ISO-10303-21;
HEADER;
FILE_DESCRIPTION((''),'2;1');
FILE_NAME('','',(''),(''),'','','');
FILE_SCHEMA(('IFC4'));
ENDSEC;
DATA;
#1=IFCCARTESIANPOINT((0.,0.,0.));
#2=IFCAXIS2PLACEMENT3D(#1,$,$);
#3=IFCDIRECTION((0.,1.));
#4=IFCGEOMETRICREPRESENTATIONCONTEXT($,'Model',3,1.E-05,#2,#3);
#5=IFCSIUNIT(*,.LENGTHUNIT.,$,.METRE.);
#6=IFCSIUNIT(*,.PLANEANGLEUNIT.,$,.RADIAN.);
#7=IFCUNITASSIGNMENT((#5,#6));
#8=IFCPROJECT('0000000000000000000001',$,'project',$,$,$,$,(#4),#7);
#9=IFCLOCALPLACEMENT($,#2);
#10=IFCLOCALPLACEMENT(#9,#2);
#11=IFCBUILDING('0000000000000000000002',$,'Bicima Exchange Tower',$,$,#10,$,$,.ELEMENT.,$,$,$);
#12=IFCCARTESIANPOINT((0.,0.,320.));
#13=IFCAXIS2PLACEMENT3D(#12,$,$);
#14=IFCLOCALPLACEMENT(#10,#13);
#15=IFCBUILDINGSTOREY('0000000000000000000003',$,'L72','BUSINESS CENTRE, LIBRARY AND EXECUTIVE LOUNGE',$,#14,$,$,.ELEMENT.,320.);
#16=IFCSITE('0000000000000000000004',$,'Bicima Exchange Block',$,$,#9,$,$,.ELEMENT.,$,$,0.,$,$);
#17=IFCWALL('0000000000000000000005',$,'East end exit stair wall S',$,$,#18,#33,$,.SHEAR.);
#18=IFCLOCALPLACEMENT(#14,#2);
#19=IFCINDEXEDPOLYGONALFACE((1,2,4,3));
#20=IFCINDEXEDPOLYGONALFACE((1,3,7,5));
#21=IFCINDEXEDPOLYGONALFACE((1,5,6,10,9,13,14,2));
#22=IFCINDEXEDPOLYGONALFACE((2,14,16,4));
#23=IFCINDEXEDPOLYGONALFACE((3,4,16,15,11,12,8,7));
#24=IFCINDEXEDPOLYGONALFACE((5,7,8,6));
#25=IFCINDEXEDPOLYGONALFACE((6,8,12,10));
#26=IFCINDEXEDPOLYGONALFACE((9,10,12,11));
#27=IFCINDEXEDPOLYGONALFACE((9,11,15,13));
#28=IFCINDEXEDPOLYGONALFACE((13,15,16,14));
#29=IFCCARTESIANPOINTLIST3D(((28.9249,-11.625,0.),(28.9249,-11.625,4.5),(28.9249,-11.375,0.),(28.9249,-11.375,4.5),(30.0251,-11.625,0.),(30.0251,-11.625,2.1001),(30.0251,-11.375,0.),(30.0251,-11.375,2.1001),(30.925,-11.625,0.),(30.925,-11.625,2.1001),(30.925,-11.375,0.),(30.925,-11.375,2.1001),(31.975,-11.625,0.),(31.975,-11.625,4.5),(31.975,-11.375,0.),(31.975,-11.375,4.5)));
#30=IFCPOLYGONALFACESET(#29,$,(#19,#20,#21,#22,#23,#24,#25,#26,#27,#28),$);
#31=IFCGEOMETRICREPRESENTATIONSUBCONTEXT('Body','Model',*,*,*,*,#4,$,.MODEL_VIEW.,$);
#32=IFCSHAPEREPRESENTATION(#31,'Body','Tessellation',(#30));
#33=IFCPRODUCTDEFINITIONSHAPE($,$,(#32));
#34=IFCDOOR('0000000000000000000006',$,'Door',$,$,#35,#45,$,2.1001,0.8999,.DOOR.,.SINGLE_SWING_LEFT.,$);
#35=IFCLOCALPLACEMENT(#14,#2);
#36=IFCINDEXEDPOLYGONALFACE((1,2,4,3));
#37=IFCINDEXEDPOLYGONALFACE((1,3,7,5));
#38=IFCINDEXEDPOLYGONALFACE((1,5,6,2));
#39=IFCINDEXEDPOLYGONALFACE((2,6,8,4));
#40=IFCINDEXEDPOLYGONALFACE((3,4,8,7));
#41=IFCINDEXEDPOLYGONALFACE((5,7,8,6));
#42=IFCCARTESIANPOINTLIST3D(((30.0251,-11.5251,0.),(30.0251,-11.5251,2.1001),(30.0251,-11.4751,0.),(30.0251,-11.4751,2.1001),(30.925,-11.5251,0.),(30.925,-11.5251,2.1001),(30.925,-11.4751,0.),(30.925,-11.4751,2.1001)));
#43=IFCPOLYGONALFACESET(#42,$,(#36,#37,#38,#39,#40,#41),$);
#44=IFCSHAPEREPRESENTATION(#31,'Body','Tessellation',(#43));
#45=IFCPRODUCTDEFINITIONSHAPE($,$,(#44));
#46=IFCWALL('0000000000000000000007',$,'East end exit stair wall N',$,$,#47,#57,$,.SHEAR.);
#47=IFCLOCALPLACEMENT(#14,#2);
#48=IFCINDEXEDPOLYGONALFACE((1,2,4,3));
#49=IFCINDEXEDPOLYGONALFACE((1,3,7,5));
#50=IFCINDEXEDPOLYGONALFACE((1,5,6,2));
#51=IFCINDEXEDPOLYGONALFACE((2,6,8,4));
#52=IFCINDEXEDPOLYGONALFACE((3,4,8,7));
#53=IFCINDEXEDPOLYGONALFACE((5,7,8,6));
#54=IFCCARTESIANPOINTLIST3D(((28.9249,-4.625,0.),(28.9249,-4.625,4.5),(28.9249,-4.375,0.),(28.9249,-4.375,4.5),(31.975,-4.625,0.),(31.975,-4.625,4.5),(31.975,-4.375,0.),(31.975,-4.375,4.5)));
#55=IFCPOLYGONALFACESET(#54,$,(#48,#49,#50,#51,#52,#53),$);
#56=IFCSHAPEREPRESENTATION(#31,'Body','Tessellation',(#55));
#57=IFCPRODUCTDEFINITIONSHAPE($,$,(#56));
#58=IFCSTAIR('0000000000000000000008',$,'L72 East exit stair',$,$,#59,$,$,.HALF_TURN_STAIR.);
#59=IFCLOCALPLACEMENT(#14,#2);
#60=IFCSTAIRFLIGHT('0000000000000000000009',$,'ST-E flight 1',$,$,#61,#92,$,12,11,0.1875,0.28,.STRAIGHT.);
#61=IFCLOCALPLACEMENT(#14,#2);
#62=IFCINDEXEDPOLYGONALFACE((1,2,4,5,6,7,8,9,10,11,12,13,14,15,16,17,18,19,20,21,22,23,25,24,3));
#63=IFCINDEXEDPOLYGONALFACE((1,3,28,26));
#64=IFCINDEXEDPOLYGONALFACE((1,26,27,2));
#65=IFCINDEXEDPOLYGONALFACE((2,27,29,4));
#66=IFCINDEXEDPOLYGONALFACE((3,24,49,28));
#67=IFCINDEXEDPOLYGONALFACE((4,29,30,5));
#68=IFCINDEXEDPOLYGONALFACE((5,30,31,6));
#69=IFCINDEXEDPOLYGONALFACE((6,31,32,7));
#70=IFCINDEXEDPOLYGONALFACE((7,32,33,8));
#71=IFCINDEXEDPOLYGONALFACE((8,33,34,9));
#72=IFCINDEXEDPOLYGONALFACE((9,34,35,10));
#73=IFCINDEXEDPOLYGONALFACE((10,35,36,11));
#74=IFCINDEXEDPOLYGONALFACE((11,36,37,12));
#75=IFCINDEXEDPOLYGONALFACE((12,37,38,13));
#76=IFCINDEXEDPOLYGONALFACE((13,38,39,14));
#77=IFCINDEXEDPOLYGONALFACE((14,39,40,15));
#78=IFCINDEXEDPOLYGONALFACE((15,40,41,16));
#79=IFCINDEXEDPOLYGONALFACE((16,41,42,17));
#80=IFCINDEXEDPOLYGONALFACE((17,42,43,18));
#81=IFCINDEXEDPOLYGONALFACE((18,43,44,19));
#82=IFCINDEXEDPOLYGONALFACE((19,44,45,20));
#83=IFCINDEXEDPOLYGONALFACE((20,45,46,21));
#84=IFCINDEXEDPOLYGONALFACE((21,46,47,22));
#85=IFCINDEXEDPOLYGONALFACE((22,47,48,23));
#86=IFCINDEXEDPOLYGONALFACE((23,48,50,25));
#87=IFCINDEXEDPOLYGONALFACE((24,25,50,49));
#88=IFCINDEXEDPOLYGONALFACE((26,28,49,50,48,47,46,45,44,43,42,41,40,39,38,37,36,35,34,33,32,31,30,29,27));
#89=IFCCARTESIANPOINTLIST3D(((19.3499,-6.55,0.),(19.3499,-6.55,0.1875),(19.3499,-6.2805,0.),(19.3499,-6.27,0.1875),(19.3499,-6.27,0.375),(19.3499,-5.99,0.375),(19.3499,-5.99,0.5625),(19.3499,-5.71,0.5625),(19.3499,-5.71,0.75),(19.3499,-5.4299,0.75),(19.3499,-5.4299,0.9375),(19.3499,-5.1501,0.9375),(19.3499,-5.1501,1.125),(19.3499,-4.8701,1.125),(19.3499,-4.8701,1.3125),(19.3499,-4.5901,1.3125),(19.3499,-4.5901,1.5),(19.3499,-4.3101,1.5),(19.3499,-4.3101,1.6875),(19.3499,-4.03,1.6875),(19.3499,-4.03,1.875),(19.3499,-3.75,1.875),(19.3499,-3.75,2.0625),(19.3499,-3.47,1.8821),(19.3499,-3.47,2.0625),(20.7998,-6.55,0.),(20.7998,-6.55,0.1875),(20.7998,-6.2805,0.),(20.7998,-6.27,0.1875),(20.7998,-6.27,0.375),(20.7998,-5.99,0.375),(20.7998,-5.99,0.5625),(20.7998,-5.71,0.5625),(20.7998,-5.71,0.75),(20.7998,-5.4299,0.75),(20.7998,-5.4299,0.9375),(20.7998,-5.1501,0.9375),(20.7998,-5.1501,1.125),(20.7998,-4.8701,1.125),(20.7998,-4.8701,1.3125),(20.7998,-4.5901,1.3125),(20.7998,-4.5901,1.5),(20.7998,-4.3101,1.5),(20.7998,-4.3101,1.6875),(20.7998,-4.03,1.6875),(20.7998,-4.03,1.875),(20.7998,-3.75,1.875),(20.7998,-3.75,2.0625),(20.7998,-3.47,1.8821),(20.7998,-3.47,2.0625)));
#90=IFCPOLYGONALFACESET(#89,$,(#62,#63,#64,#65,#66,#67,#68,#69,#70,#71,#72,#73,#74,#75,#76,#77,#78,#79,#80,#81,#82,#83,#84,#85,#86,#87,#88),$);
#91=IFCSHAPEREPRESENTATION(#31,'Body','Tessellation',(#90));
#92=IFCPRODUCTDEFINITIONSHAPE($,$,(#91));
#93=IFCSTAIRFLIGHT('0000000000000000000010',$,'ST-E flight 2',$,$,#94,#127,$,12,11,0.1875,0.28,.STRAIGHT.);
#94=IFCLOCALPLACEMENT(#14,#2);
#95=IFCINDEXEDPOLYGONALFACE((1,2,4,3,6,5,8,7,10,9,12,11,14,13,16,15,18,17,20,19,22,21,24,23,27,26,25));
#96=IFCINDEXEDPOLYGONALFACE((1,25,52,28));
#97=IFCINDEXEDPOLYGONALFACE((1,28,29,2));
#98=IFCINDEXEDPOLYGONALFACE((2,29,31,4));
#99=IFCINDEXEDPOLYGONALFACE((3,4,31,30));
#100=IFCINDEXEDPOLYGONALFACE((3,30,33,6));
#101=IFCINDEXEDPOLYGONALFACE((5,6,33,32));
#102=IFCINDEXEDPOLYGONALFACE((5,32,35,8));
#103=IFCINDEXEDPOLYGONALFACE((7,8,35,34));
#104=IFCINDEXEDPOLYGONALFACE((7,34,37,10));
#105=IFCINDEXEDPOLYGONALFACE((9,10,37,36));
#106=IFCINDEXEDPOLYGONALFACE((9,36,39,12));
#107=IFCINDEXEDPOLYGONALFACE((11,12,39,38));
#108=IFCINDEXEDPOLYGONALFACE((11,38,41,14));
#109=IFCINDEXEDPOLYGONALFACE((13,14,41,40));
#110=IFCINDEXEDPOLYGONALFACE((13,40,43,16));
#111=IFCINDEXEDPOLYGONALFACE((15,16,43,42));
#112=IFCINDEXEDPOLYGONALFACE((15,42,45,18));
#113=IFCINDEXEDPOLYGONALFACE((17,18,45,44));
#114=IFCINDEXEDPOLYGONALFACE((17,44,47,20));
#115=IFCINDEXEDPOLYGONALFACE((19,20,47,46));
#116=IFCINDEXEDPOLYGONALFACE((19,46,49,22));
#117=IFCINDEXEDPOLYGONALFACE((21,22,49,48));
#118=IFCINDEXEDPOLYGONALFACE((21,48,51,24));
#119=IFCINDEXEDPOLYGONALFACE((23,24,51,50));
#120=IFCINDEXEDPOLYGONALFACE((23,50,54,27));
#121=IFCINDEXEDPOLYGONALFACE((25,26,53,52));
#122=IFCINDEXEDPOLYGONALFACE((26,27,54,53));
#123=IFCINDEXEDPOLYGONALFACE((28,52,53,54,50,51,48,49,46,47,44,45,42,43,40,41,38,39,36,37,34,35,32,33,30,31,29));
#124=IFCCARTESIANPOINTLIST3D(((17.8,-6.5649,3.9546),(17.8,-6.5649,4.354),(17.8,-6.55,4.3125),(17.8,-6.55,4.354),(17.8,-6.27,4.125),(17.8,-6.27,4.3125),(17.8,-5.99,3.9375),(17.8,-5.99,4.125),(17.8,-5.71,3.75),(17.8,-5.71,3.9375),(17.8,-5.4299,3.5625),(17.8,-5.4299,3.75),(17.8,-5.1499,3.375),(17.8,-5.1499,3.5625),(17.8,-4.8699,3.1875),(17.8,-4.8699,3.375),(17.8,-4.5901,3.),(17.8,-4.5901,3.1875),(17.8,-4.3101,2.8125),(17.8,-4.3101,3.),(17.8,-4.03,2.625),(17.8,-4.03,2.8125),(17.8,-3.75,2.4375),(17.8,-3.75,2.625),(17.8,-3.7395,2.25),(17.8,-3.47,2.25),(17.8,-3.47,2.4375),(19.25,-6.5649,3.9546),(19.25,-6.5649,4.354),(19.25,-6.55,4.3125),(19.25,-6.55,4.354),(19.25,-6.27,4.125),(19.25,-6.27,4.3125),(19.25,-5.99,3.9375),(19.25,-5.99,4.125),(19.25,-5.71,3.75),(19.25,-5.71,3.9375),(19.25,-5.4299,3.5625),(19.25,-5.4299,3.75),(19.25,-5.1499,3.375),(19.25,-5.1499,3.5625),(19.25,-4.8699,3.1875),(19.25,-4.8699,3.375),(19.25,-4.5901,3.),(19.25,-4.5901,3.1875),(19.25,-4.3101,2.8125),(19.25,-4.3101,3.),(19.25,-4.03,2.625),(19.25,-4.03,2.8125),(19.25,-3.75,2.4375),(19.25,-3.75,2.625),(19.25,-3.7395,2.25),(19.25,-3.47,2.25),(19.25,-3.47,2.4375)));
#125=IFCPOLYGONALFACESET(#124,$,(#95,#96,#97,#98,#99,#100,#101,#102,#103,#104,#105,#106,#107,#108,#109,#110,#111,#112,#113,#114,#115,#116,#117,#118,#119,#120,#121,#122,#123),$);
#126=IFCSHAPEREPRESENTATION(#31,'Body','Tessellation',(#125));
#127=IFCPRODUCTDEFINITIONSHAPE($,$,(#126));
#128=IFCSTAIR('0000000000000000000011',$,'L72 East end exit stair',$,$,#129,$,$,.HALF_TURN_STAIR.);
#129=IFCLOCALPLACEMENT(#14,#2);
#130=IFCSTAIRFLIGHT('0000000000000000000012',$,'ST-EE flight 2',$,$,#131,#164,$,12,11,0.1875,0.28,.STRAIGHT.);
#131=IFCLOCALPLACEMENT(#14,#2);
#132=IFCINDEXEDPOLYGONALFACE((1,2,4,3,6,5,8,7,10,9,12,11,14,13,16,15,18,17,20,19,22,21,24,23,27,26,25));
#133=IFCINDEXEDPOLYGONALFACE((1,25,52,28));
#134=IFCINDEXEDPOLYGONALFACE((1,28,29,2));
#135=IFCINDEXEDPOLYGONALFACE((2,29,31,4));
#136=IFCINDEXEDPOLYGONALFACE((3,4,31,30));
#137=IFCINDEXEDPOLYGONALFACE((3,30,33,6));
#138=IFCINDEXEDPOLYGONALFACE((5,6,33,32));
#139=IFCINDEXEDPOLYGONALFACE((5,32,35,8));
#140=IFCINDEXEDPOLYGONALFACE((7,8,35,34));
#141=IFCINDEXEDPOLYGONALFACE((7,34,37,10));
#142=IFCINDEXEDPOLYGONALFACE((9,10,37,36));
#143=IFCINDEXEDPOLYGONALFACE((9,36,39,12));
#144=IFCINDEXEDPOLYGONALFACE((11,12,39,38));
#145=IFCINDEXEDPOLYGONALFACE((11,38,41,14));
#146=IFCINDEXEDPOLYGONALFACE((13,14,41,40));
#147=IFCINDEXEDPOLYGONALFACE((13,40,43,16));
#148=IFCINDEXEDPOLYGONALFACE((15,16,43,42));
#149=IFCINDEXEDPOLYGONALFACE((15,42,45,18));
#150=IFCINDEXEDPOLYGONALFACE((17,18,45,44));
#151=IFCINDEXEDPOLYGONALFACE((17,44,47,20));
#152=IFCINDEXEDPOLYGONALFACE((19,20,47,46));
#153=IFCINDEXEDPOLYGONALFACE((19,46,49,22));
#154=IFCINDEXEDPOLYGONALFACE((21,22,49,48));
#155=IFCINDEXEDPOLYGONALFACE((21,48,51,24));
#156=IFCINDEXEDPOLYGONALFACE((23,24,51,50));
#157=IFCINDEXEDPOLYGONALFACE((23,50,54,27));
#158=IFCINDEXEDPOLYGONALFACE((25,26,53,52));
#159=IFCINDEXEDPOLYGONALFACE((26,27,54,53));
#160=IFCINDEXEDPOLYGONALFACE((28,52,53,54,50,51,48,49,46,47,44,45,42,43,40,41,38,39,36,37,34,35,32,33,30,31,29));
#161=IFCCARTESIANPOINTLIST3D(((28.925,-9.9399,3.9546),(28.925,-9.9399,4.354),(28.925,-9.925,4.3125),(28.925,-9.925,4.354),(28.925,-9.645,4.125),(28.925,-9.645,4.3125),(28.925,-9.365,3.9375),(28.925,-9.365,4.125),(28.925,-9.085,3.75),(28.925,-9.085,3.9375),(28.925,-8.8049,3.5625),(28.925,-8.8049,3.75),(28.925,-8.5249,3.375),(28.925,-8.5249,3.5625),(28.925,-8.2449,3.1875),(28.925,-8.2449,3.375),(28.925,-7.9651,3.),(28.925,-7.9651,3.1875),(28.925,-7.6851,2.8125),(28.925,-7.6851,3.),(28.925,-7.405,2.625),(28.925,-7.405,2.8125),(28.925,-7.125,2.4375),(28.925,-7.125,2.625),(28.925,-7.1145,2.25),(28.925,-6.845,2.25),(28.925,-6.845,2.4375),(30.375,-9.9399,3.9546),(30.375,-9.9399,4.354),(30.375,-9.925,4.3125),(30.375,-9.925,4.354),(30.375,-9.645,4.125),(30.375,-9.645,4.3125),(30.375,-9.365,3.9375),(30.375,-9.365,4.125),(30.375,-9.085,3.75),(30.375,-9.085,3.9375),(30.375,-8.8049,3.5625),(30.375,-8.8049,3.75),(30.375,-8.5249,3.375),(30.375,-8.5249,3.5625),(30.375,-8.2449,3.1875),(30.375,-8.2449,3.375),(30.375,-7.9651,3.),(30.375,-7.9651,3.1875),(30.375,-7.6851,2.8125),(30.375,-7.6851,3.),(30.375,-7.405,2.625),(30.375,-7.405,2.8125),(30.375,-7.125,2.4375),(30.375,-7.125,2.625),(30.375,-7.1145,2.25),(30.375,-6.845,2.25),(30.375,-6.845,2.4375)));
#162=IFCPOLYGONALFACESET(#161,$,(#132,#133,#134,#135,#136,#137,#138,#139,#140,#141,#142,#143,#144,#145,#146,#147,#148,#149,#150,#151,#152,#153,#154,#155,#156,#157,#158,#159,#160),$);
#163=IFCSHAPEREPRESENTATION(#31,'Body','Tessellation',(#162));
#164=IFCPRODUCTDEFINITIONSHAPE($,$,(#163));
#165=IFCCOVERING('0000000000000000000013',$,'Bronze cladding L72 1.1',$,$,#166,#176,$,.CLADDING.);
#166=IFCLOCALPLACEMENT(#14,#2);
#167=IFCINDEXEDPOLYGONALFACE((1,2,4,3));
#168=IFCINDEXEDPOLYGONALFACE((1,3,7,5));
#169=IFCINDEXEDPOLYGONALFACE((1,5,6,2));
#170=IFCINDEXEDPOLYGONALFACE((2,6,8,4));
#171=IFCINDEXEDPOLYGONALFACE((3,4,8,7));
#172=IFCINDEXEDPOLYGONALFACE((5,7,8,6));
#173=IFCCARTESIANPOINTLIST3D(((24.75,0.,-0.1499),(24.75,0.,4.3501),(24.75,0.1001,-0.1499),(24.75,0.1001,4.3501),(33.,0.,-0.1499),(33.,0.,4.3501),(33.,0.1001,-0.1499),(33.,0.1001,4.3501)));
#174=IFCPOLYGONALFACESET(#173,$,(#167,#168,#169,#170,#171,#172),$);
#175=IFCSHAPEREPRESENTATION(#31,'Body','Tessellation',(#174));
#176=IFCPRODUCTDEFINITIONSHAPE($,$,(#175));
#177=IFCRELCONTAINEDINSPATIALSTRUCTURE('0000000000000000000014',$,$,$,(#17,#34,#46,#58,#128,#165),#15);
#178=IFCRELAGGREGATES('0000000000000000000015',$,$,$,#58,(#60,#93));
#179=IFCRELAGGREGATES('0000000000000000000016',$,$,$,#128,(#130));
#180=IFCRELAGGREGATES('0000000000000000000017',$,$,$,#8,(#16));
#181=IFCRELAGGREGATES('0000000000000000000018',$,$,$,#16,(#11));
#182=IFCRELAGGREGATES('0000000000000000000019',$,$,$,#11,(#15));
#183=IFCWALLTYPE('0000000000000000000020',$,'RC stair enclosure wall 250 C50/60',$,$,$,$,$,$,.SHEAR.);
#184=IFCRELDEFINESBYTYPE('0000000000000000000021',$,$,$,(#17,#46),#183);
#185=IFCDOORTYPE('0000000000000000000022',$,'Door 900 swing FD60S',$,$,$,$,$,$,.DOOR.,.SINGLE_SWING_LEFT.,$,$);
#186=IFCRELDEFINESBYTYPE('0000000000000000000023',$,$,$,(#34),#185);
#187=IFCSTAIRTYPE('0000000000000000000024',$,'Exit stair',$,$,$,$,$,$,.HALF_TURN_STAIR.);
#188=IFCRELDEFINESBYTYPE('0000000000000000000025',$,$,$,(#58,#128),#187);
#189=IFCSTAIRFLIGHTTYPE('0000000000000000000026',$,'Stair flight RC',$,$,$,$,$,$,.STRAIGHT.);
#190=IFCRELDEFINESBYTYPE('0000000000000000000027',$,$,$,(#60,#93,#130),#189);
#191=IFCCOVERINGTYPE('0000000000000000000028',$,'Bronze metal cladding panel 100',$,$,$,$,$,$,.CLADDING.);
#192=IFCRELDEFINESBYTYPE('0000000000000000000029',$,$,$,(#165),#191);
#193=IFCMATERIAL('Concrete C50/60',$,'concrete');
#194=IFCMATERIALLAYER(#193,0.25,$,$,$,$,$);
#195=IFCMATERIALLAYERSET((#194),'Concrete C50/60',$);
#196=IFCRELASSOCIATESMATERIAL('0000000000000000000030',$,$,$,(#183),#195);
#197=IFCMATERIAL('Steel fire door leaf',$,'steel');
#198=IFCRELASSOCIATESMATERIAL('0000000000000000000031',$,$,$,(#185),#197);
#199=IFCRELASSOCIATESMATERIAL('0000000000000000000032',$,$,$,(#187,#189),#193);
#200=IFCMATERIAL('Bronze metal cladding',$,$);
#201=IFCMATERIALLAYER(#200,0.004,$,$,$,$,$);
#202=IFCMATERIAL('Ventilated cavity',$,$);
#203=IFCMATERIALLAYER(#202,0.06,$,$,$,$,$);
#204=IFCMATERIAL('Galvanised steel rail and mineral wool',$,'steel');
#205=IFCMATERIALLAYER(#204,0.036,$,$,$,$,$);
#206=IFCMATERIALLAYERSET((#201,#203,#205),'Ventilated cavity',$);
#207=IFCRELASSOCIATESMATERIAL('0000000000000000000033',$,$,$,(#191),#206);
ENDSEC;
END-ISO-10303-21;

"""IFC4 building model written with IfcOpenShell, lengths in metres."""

from ifc_helpers import new_model, si_unit, direction, frame, frame_2d, origin, origin_2d, place, context, subcontext, project, spatial, polyline, rectangle, outline, extrude, material, layer, layer_set, type_object, element, fill, aggregate, save


model = new_model("IFC4")

# Units and contexts
model_context = context("Model", 3, precision=1e-05, world=origin(), true_north=direction((0.0, 1.0)))
body_context = subcontext(model_context, "Body", "Model", "MODEL_VIEW")
ifc_project = project(units=[si_unit("LENGTHUNIT", "METRE"), si_unit("PLANEANGLEUNIT", "RADIAN")], contexts=[model_context])

# Site, building, storey
site_placement = place(None, origin())
site = spatial("IfcSite", under=ifc_project, at=site_placement, Name="Bicima Exchange Block", CompositionType="ELEMENT", RefElevation=0.0)
building_placement = place(site_placement, origin())
building = spatial("IfcBuilding", under=site, at=building_placement, Name="Bicima Exchange Tower", CompositionType="ELEMENT")
storey_placement = place(building_placement, frame((0.0, 0.0, 320.0)))
storey = spatial("IfcBuildingStorey", under=building, at=storey_placement, Name="L72", Description="BUSINESS CENTRE, LIBRARY AND EXECUTIVE LOUNGE", CompositionType="ELEMENT", Elevation=320.0)

# Shared definitions
ifc_material_1 = material(Name="Concrete C50/60", Category="concrete")
ifc_layer_1 = layer(ifc_material_1, 0.25)
ifc_layer_set_1 = layer_set([ifc_layer_1], Name="Concrete C50/60")
wall_type_1 = type_object("IfcWallType", Name="RC stair enclosure wall 250 C50/60", PredefinedType="SHEAR", material=ifc_layer_set_1)

# Wall, opening, door
wall_1_placement = place(storey_placement, frame((28.925, -11.5, 0.0), z_axis=(0.0, 0.0, 1.0), x_axis=(1.0, 0.0, 0.0)))
wall_1 = element("IfcWall", 1, at=wall_1_placement, inside=storey, type_object=wall_type_1, Name="East end exit stair wall S", PredefinedType="SHEAR", context=body_context, shape_type="SweptSolid", body=[
    extrude(rectangle(XDim=3.05, YDim=0.25, at=frame_2d((1.5249, 0.0))), origin(), (0.0, 0.0, 1.0), 4.5),
])
opening_placement = place(wall_1_placement, frame((1.1001, 0.0, 0.0)))
opening = element("IfcOpeningElement", 2, at=opening_placement, cuts=wall_1, PredefinedType="OPENING", context=body_context, shape_type="SweptSolid", body=[
    extrude(rectangle(XDim=0.8999, YDim=2.1001, at=frame_2d((0.45, 1.05))), frame((0.0, 0.137, 0.0), z_axis=(0.0, -1.0, 0.0), x_axis=(1.0, 0.0, 0.0)), (0.0, 0.0, 1.0), 0.2739),
])
ifc_material_2 = material(Name="Steel fire door leaf", Category="steel")
door_type = type_object("IfcDoorType", Name="Door 900 swing FD60S", OperationType="SINGLE_SWING_LEFT", PredefinedType="DOOR", material=ifc_material_2)
door_placement = place(opening_placement, origin())
door = element("IfcDoor", 3, at=door_placement, inside=storey, type_object=door_type, Name="Door", OperationType="SINGLE_SWING_LEFT", OverallHeight=2.1001, OverallWidth=0.8999, PredefinedType="DOOR", context=body_context, shape_type="SweptSolid", body=[
    extrude(rectangle(XDim=0.8999, YDim=2.1001, at=frame_2d((0.45, 1.05))), frame((0.0, 0.0249, 0.0), z_axis=(0.0, -1.0, 0.0), x_axis=(1.0, 0.0, 0.0)), (0.0, 0.0, 1.0), 0.05),
])
fill(opening, door)

# Wall
wall_2_placement = place(storey_placement, frame((28.925, -4.5, 0.0), z_axis=(0.0, 0.0, 1.0), x_axis=(1.0, 0.0, 0.0)))
element("IfcWall", 4, at=wall_2_placement, inside=storey, type_object=wall_type_1, Name="East end exit stair wall N", PredefinedType="SHEAR", context=body_context, shape_type="SweptSolid", body=[
    extrude(rectangle(XDim=3.05, YDim=0.25, at=frame_2d((1.5249, 0.0))), origin(), (0.0, 0.0, 1.0), 4.5),
])

# Stair, stair flights
stair_type = type_object("IfcStairType", Name="Exit stair", PredefinedType="HALF_TURN_STAIR", material=ifc_material_1)
stair_1_placement = place(storey_placement, origin())
stair_1 = element("IfcStair", 5, at=stair_1_placement, inside=storey, type_object=stair_type, Name="L72 East exit stair", PredefinedType="HALF_TURN_STAIR")
stair_flight_type = type_object("IfcStairFlightType", Name="Stair flight RC", PredefinedType="STRAIGHT", material=ifc_material_1)
stair_flight_1_placement = place(storey_placement, frame((20.075, -6.55, 0.0), z_axis=(0.0, 0.0, 1.0), x_axis=(0.0, 1.0, 0.0)))
stair_flight_1 = element("IfcStairFlight", 6, at=stair_flight_1_placement, type_object=stair_flight_type, Name="ST-E flight 1", NumberOfRisers=12, NumberOfTreads=11, PredefinedType="STRAIGHT", RiserHeight=0.1875, TreadLength=0.28, context=body_context, shape_type="SweptSolid", body=[
    extrude(outline(polyline([(0.0, 0.0), (0.0, 0.1875), (0.28, 0.1875), (0.28, 0.375), (0.5601, 0.375), (0.5601, 0.5625), (0.8401, 0.5625), (0.8401, 0.75), (1.1201, 0.75), (1.1201, 0.9375), (1.3999, 0.9375), (1.3999, 1.125), (1.6799, 1.125), (1.6799, 1.3125), (1.96, 1.3125), (1.96, 1.5), (2.24, 1.5), (2.24, 1.6875), (2.52, 1.6875), (2.52, 1.875), (2.8, 1.875), (2.8, 2.0625), (3.0801, 2.0625), (3.0801, 2.25), (3.0801, 1.8821), (0.2695, 0.0), (0.0, 0.0)])), frame((0.0, 0.7251, 0.0), z_axis=(0.0, -1.0, 0.0), x_axis=(1.0, 0.0, 0.0)), (0.0, 0.0, 1.0), 1.45),
])
stair_flight_2_placement = place(storey_placement, frame((18.5249, -3.47, 2.25), z_axis=(0.0, 0.0, 1.0), x_axis=(0.0, -1.0, 0.0)))
stair_flight_2 = element("IfcStairFlight", 7, at=stair_flight_2_placement, type_object=stair_flight_type, Name="ST-E flight 2", NumberOfRisers=12, NumberOfTreads=11, PredefinedType="STRAIGHT", RiserHeight=0.1875, TreadLength=0.28, context=body_context, shape_type="SweptSolid", body=[
    extrude(outline(polyline([(0.0, 0.0), (0.0, 0.1875), (0.28, 0.1875), (0.28, 0.375), (0.5601, 0.375), (0.5601, 0.5625), (0.8401, 0.5625), (0.8401, 0.75), (1.1201, 0.75), (1.1201, 0.9375), (1.3999, 0.9375), (1.3999, 1.125), (1.6799, 1.125), (1.6799, 1.3125), (1.96, 1.3125), (1.96, 1.5), (2.24, 1.5), (2.24, 1.6875), (2.52, 1.6875), (2.52, 1.875), (2.8, 1.875), (2.8, 2.0625), (3.0801, 2.0625), (3.0801, 2.104), (3.095, 2.104), (3.095, 1.7046), (0.2695, 0.0), (0.0, 0.0)])), frame((0.0, 0.7251, 0.0), z_axis=(0.0, -1.0, 0.0), x_axis=(1.0, 0.0, 0.0)), (0.0, 0.0, 1.0), 1.45),
])
aggregate(stair_1, [stair_flight_1, stair_flight_2])

# Stair, stair flight
stair_2_placement = place(storey_placement, origin())
stair_2 = element("IfcStair", 8, at=stair_2_placement, inside=storey, type_object=stair_type, Name="L72 East end exit stair", PredefinedType="HALF_TURN_STAIR")
stair_flight_3_placement = place(storey_placement, frame((29.6499, -6.845, 2.25), z_axis=(0.0, 0.0, 1.0), x_axis=(0.0, -1.0, 0.0)))
stair_flight_3 = element("IfcStairFlight", 9, at=stair_flight_3_placement, type_object=stair_flight_type, Name="ST-EE flight 2", NumberOfRisers=12, NumberOfTreads=11, PredefinedType="STRAIGHT", RiserHeight=0.1875, TreadLength=0.28, context=body_context, shape_type="SweptSolid", body=[
    extrude(outline(polyline([(0.0, 0.0), (0.0, 0.1875), (0.28, 0.1875), (0.28, 0.375), (0.5601, 0.375), (0.5601, 0.5625), (0.8401, 0.5625), (0.8401, 0.75), (1.1201, 0.75), (1.1201, 0.9375), (1.3999, 0.9375), (1.3999, 1.125), (1.6799, 1.125), (1.6799, 1.3125), (1.96, 1.3125), (1.96, 1.5), (2.24, 1.5), (2.24, 1.6875), (2.52, 1.6875), (2.52, 1.875), (2.8, 1.875), (2.8, 2.0625), (3.0801, 2.0625), (3.0801, 2.104), (3.095, 2.104), (3.095, 1.7046), (0.2695, 0.0), (0.0, 0.0)])), frame((0.0, 0.7251, 0.0), z_axis=(0.0, -1.0, 0.0), x_axis=(1.0, 0.0, 0.0)), (0.0, 0.0, 1.0), 1.45),
])
aggregate(stair_2, [stair_flight_3])

# Covering
ifc_material_3 = material(Name="Bronze metal cladding")
ifc_layer_2 = layer(ifc_material_3, 0.004)
ifc_material_4 = material(Name="Ventilated cavity")
ifc_layer_3 = layer(ifc_material_4, 0.06)
ifc_material_5 = material(Name="Galvanised steel rail and mineral wool", Category="steel")
ifc_layer_4 = layer(ifc_material_5, 0.036)
ifc_layer_set_2 = layer_set([ifc_layer_2, ifc_layer_3, ifc_layer_4], Name="Ventilated cavity")
covering_type = type_object("IfcCoveringType", Name="Bronze metal cladding panel 100", PredefinedType="CLADDING", material=ifc_layer_set_2)
for number, where, z_axis, x_axis, name in (
    (10, (28.875, 0.05, -0.1499), (0.0, 0.0, 1.0), (-1.0, 0.0, 0.0), "Bronze cladding L72 1.1"),
):
    element("IfcCovering", number, at=place(storey_placement, frame(where, z_axis=z_axis, x_axis=x_axis)), inside=storey, type_object=covering_type, Name=name, PredefinedType="CLADDING", context=body_context, shape_type="SweptSolid", body=[
        extrude(rectangle(XDim=8.25, YDim=0.1001, at=origin_2d()), origin(), (0.0, 0.0, 1.0), 4.5),
    ])

save(model, "model.ifc")
